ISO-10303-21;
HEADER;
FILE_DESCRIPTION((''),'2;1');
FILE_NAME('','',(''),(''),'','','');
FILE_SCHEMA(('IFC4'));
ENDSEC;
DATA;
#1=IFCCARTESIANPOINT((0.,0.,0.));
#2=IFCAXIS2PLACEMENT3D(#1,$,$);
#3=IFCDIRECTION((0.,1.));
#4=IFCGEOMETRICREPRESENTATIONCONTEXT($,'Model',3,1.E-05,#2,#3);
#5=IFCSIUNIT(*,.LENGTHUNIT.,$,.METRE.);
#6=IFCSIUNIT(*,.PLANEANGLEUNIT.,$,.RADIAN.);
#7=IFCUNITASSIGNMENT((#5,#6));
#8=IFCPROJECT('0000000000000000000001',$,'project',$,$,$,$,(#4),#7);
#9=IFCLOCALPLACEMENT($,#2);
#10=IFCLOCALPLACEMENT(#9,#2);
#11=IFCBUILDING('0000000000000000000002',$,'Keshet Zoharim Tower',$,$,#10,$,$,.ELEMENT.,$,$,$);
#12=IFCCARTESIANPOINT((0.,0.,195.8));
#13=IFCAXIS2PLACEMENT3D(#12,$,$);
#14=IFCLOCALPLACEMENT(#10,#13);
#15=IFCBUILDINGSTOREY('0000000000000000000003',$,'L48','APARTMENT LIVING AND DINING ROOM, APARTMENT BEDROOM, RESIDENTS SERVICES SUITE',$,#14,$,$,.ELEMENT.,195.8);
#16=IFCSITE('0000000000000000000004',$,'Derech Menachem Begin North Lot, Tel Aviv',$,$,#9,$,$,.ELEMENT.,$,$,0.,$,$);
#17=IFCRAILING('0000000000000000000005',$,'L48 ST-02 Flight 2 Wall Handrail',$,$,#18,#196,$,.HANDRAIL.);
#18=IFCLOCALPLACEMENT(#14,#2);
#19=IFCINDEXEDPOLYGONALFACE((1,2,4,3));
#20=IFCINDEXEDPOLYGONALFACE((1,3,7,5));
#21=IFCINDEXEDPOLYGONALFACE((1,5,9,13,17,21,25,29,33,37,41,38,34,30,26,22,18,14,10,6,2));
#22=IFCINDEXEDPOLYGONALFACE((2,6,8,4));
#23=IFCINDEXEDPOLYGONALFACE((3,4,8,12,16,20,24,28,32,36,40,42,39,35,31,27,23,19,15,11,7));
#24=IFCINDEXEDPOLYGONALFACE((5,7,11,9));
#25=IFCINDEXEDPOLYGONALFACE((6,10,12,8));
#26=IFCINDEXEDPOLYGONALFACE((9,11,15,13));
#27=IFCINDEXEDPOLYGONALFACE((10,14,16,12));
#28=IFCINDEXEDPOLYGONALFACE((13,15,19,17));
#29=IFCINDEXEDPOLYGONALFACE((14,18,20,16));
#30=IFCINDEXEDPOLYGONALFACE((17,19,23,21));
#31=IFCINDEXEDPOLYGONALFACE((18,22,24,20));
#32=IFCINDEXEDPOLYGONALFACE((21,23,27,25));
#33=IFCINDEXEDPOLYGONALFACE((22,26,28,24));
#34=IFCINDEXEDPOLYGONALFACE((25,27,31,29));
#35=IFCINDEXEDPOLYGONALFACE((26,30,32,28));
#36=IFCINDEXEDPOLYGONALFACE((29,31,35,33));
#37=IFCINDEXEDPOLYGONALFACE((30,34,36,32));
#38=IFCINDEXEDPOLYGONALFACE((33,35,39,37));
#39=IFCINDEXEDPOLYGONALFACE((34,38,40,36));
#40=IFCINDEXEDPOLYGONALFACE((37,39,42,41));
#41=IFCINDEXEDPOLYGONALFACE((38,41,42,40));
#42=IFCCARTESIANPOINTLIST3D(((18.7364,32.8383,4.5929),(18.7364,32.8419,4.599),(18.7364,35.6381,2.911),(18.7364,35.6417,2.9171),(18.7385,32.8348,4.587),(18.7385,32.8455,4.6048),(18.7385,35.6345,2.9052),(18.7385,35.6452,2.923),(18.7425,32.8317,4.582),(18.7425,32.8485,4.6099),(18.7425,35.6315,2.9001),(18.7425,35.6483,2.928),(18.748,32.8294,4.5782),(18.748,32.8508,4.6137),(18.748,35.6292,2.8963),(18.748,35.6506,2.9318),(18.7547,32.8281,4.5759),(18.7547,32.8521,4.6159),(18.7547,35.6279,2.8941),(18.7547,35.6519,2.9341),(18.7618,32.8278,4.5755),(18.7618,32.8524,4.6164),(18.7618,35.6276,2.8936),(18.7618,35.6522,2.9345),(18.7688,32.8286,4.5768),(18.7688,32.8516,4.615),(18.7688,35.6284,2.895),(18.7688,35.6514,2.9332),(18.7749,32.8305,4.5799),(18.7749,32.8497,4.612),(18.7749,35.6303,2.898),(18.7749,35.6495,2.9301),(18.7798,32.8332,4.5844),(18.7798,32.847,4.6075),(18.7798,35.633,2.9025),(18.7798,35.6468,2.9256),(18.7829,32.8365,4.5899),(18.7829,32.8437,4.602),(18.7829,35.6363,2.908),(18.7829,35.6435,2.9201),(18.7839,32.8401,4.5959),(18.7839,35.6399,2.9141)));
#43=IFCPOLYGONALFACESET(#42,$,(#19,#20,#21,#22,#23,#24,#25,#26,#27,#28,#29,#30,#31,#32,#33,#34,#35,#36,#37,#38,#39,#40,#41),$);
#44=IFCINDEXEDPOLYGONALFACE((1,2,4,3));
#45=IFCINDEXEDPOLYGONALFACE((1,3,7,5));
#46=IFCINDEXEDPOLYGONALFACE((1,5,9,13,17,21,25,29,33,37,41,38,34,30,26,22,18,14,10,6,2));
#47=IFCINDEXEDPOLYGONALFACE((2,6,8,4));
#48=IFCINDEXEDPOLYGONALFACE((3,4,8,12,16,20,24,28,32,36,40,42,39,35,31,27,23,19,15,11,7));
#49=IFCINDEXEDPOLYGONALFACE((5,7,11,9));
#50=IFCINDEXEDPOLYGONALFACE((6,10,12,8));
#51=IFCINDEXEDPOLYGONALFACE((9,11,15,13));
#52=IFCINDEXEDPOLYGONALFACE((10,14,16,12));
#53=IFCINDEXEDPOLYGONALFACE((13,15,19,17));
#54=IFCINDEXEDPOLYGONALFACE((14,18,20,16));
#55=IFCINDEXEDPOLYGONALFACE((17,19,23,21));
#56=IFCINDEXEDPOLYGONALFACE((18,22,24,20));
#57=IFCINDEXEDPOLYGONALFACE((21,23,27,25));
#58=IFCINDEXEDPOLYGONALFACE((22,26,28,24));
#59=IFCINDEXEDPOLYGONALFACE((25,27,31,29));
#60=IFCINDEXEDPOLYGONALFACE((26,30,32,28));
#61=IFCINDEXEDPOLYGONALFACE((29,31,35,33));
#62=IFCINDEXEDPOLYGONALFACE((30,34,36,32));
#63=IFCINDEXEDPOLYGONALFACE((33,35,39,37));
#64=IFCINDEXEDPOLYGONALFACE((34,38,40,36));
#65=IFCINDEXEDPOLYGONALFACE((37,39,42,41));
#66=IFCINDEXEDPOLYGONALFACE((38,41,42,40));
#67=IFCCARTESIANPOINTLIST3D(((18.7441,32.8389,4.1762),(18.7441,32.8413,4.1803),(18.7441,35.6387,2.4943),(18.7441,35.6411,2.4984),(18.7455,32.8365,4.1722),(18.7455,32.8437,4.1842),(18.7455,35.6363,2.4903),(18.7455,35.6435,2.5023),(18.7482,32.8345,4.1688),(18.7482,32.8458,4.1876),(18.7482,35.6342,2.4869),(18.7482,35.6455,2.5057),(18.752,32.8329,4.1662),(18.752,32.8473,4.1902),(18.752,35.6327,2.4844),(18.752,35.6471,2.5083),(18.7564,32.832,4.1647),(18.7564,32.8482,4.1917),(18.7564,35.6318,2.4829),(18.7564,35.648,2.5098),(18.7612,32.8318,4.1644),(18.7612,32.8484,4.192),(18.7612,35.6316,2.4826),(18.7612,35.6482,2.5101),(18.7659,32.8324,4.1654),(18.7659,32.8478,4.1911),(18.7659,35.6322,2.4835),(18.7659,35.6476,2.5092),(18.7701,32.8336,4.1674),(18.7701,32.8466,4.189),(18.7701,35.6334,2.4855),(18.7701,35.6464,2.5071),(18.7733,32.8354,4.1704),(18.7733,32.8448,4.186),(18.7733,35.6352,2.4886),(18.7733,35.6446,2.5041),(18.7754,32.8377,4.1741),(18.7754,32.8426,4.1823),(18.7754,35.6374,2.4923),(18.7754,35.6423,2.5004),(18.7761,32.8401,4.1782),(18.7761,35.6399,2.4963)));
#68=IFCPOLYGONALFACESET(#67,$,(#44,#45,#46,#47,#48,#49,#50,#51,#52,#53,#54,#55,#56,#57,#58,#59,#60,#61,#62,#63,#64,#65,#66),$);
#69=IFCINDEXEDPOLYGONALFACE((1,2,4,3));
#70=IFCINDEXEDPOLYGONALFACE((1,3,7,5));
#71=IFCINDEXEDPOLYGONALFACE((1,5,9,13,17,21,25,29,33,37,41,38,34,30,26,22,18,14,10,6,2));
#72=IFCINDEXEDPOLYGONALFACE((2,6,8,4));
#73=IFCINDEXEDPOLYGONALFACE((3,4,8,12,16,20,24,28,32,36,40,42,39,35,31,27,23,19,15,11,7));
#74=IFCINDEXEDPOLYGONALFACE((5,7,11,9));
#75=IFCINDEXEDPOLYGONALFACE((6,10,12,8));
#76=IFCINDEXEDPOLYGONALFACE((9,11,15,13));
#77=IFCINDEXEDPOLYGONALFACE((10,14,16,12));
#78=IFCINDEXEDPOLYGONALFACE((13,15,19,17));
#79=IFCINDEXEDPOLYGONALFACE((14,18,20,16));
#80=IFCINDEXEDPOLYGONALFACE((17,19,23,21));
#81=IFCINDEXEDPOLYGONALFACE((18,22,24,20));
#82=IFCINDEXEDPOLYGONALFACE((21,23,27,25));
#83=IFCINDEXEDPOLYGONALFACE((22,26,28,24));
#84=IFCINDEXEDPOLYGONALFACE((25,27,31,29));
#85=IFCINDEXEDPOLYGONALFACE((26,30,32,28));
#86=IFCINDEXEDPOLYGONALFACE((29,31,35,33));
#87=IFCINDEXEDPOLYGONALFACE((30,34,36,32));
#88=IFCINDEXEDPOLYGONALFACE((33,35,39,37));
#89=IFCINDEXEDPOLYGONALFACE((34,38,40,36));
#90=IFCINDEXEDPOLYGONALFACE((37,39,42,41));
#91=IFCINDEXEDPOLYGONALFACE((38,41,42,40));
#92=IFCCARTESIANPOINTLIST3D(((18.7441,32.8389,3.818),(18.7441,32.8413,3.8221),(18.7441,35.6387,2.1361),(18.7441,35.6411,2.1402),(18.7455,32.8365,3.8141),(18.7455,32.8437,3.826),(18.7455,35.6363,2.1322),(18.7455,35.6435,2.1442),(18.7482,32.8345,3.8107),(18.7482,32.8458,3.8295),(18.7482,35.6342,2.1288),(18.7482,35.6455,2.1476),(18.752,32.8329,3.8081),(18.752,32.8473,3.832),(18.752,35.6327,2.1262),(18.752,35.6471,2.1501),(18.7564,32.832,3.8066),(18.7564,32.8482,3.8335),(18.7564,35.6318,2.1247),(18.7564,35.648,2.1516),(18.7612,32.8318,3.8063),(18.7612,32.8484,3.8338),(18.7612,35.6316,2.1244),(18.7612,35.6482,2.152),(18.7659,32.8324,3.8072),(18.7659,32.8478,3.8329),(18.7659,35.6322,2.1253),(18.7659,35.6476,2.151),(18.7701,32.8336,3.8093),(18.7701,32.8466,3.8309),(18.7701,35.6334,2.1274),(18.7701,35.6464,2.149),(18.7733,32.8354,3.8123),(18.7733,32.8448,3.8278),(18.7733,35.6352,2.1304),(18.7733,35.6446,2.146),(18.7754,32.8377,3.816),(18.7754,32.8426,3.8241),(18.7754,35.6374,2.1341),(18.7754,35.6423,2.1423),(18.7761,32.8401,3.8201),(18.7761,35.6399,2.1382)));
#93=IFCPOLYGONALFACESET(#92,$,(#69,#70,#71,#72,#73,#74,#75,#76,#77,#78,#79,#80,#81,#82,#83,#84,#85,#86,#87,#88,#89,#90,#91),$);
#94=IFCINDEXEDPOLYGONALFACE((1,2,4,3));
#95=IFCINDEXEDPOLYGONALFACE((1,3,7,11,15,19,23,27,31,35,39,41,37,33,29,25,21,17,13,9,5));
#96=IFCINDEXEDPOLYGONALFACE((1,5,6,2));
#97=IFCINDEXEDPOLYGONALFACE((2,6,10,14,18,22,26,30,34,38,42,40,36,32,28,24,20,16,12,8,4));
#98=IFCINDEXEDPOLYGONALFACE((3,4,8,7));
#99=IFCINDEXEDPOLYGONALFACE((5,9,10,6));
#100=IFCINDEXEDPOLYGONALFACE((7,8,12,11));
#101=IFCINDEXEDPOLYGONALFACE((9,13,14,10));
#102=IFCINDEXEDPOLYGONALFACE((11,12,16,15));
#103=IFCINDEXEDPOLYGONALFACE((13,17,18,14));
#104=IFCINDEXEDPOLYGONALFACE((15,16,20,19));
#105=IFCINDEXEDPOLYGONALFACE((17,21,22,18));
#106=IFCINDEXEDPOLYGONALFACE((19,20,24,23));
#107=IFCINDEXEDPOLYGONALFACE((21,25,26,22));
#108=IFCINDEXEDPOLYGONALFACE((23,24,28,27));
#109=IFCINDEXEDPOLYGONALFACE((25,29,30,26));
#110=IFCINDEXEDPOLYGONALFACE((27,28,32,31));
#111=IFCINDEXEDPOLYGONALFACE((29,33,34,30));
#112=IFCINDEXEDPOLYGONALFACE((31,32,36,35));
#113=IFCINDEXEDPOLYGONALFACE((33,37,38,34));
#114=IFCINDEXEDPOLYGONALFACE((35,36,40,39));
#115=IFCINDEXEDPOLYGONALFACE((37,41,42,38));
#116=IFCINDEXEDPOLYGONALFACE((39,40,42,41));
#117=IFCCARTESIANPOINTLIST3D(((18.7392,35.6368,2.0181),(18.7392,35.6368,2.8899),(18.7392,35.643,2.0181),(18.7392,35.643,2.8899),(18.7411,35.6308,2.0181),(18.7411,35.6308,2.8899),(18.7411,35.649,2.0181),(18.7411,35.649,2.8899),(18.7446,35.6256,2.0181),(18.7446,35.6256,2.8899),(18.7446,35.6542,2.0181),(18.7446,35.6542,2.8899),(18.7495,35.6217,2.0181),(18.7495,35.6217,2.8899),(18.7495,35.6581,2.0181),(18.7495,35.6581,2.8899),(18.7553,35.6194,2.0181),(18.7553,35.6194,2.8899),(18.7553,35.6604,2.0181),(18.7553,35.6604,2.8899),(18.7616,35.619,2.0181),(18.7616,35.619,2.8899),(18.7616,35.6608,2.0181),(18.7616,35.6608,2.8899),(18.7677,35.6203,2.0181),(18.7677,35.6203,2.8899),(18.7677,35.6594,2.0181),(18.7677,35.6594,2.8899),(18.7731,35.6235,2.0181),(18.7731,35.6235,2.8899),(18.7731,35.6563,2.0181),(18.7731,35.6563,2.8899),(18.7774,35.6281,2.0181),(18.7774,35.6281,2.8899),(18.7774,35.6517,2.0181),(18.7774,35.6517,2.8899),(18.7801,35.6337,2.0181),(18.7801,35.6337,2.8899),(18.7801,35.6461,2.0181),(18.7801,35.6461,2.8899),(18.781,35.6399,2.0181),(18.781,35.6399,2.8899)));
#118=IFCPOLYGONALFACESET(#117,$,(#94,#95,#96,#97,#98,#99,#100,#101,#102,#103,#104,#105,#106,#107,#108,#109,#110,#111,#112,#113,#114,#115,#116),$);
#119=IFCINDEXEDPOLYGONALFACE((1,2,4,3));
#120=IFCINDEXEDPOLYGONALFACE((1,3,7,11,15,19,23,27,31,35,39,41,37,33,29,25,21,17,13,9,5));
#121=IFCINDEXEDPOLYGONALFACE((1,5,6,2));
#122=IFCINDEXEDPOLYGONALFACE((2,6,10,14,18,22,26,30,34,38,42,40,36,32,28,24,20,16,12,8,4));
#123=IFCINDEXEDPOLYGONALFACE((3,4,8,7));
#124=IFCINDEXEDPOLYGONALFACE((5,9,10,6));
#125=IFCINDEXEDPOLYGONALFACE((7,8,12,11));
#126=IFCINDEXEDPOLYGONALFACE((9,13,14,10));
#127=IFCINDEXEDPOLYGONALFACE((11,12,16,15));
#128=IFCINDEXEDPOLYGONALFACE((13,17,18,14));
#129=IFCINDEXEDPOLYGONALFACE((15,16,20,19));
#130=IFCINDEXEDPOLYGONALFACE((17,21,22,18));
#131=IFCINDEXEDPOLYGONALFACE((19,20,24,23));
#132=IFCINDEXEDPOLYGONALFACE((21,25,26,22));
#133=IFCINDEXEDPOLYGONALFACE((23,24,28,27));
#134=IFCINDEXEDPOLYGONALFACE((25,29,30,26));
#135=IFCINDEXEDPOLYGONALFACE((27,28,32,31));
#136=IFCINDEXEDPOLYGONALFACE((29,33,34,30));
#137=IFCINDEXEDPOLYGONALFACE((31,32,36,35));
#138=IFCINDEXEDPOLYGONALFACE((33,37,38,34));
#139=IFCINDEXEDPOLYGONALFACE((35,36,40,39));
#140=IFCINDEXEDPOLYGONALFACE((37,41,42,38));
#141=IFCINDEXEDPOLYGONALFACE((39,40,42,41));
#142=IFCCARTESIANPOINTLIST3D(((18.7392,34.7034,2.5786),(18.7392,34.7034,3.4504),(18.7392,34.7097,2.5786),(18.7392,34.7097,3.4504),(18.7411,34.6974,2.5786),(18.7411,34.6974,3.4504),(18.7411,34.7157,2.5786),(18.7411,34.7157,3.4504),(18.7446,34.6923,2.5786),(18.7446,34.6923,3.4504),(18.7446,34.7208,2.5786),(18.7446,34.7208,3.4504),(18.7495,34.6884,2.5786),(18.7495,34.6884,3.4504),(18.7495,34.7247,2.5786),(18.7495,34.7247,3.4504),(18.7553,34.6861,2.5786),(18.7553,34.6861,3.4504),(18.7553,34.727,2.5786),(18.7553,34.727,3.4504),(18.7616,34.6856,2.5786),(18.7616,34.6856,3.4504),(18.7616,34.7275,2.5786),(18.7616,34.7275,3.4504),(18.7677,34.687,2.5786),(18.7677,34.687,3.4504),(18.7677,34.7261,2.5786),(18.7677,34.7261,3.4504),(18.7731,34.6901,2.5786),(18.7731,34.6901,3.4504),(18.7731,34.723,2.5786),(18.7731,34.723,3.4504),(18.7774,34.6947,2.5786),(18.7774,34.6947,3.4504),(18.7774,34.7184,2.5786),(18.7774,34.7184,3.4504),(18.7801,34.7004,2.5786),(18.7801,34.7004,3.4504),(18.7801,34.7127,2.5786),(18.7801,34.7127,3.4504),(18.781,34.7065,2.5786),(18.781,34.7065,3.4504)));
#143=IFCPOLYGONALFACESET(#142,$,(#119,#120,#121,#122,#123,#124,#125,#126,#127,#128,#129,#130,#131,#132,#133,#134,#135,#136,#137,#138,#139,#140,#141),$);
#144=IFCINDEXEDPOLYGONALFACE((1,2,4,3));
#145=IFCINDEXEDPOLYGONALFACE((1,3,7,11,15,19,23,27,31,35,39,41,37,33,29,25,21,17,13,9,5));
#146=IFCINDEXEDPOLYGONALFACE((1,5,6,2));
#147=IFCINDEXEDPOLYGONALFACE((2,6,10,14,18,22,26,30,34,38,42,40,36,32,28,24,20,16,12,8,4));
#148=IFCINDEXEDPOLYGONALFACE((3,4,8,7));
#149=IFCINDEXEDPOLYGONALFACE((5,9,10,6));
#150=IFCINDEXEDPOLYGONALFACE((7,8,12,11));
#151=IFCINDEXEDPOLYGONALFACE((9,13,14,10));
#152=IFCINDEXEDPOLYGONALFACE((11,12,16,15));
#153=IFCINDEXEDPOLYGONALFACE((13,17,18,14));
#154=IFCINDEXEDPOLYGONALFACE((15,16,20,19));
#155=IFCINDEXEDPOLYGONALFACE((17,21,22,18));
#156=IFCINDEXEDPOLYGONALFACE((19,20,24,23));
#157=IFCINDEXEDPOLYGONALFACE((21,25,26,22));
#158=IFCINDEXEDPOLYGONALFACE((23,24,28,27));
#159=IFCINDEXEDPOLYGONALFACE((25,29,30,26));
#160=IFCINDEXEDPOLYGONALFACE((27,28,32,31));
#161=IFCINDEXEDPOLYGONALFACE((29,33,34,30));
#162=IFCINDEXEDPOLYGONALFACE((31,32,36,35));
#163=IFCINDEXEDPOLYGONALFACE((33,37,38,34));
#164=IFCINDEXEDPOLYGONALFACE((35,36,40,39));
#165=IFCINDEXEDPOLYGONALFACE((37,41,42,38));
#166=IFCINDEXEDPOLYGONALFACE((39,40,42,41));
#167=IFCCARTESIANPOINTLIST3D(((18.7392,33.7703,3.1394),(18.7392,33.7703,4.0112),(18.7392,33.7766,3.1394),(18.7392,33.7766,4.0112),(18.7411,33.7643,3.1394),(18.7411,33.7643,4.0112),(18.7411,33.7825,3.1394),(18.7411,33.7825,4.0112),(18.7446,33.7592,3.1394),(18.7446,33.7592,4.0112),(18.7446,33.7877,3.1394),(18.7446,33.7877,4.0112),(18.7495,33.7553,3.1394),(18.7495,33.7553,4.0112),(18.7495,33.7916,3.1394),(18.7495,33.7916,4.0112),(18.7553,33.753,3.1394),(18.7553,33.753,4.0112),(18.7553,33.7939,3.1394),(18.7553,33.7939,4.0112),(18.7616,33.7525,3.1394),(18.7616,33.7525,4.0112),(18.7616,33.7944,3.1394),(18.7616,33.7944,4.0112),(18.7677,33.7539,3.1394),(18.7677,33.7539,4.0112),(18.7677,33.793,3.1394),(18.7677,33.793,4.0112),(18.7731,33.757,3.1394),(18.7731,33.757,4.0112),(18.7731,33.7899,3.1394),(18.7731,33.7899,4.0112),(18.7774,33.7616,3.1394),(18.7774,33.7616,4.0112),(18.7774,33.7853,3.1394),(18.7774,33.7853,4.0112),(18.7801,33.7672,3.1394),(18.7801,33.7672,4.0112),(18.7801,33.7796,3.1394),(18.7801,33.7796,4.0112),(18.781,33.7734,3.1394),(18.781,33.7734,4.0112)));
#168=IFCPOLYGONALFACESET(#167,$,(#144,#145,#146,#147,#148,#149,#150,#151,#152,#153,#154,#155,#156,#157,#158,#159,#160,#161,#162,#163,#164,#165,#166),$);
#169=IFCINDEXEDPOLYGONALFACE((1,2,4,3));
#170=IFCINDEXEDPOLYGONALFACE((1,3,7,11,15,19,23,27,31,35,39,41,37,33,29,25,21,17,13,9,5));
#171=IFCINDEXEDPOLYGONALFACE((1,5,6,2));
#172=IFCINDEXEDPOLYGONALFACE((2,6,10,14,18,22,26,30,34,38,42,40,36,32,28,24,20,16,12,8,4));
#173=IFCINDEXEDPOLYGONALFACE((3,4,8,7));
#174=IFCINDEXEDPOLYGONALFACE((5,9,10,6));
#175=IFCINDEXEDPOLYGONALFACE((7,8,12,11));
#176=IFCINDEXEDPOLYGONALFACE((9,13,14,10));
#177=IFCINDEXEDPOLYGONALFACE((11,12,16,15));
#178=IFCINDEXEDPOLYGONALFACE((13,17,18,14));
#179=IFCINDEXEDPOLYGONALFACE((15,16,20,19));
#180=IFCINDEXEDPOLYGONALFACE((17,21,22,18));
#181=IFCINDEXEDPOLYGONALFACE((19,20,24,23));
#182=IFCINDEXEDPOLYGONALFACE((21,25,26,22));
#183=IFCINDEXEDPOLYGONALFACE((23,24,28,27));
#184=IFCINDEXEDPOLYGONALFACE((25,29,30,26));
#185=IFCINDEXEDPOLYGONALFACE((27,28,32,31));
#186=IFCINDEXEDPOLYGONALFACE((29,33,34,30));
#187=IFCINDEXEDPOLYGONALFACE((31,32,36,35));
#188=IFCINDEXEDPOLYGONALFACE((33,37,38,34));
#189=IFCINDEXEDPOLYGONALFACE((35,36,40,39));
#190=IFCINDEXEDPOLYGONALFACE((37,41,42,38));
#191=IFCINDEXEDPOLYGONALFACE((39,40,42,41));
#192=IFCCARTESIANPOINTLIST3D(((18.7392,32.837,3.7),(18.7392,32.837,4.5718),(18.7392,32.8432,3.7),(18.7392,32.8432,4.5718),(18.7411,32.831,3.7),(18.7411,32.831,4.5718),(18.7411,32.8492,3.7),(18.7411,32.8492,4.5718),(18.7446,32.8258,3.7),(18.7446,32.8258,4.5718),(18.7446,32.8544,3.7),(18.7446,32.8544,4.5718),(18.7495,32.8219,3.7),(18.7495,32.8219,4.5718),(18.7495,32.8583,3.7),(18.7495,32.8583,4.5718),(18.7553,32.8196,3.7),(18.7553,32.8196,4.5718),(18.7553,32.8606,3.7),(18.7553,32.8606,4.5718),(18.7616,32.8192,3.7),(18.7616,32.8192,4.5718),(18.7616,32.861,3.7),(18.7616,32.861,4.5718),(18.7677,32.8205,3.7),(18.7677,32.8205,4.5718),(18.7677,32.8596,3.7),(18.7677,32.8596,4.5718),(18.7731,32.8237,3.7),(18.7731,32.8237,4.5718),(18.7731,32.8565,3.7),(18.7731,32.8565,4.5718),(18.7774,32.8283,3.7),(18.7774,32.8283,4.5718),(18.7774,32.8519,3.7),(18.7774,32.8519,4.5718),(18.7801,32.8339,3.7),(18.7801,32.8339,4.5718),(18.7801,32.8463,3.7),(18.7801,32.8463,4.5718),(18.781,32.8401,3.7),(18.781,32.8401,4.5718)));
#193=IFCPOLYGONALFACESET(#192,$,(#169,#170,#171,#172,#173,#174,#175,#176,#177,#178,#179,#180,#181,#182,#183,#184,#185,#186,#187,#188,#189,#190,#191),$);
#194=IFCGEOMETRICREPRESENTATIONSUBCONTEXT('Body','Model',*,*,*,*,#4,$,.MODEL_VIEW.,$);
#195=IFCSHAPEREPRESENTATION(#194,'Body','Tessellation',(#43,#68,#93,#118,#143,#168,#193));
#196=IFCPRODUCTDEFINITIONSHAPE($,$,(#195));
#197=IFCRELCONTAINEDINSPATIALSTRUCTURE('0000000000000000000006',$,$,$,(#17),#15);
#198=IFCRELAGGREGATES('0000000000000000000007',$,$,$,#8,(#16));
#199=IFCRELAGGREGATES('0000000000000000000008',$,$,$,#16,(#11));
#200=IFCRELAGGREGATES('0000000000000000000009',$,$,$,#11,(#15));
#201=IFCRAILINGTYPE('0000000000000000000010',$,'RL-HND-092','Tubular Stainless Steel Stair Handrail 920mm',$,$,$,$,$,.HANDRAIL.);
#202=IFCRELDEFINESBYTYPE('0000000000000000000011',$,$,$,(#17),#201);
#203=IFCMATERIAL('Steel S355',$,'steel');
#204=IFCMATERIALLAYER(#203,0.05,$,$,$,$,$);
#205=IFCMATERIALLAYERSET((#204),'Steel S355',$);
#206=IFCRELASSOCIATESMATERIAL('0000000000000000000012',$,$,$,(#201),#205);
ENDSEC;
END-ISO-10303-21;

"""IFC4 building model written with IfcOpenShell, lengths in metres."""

from ifc_helpers import new_model, si_unit, direction, frame, origin, origin_2d, place, context, subcontext, project, spatial, circle, extrude, material, layer, layer_set, type_object, element, save


model = new_model("IFC4")

# Units and contexts
model_context = context("Model", 3, precision=1e-05, world=origin(), true_north=direction((0.0, 1.0)))
body_context = subcontext(model_context, "Body", "Model", "MODEL_VIEW")
ifc_project = project(units=[si_unit("LENGTHUNIT", "METRE"), si_unit("PLANEANGLEUNIT", "RADIAN")], contexts=[model_context])

# Site, building, storey
site_placement = place(None, origin())
site = spatial("IfcSite", under=ifc_project, at=site_placement, Name="Derech Menachem Begin North Lot, Tel Aviv", CompositionType="ELEMENT", RefElevation=0.0)
building_placement = place(site_placement, origin())
building = spatial("IfcBuilding", under=site, at=building_placement, Name="Keshet Zoharim Tower", CompositionType="ELEMENT")
storey_placement = place(building_placement, frame((0.0, 0.0, 195.8)))
storey = spatial("IfcBuildingStorey", under=building, at=storey_placement, Name="L48", Description="APARTMENT LIVING AND DINING ROOM, APARTMENT BEDROOM, RESIDENTS SERVICES SUITE", CompositionType="ELEMENT", Elevation=195.8)

# Shared definitions
ifc_material_1 = material(Name="Steel S355", Category="steel")

# Railing
ifc_layer_1 = layer(ifc_material_1, 0.05)
ifc_layer_set_1 = layer_set([ifc_layer_1], Name="Steel S355")
railing_type_1 = type_object("IfcRailingType", Name="RL-HND-092", Description="Tubular Stainless Steel Stair Handrail 920mm", PredefinedType="HANDRAIL", material=ifc_layer_set_1)
railing_1_placement = place(storey_placement, frame((18.76, 35.6399, 2.0181)))
element("IfcRailing", 1, at=railing_1_placement, inside=storey, type_object=railing_type_1, Name="L48 ST-02 Flight 2 Wall Handrail", PredefinedType="HANDRAIL", context=body_context, shape_type="SweptSolid", body=[
    extrude(circle(Radius=0.0239, at=origin_2d()), frame((0.0, 0.0, 0.896), z_axis=(0.0, -0.857222, 0.514946), x_axis=(1.0, 0.0, 0.0)), (0.0, 0.0, 1.0), 3.2661),
    extrude(circle(Radius=0.0161, at=origin_2d()), frame((0.0, 0.0, 0.4783), z_axis=(0.0, -0.857222, 0.514946), x_axis=(1.0, 0.0, 0.0)), (0.0, 0.0, 1.0), 3.2661),
    extrude(circle(Radius=0.0161, at=origin_2d()), frame((0.0, 0.0, 0.1201), z_axis=(0.0, -0.857222, 0.514946), x_axis=(1.0, 0.0, 0.0)), (0.0, 0.0, 1.0), 3.2661),
    extrude(circle(Radius=0.021, at=origin_2d()), origin(), (0.0, 0.0, 1.0), 0.8718),
    extrude(circle(Radius=0.021, at=origin_2d()), frame((0.0, -0.9333, 0.5605)), (0.0, 0.0, 1.0), 0.8718),
    extrude(circle(Radius=0.021, at=origin_2d()), frame((0.0, -1.8665, 1.1213)), (0.0, 0.0, 1.0), 0.8718),
    extrude(circle(Radius=0.021, at=origin_2d()), frame((0.0, -2.7998, 1.6819)), (0.0, 0.0, 1.0), 0.8718),
])

save(model, "model.ifc")
